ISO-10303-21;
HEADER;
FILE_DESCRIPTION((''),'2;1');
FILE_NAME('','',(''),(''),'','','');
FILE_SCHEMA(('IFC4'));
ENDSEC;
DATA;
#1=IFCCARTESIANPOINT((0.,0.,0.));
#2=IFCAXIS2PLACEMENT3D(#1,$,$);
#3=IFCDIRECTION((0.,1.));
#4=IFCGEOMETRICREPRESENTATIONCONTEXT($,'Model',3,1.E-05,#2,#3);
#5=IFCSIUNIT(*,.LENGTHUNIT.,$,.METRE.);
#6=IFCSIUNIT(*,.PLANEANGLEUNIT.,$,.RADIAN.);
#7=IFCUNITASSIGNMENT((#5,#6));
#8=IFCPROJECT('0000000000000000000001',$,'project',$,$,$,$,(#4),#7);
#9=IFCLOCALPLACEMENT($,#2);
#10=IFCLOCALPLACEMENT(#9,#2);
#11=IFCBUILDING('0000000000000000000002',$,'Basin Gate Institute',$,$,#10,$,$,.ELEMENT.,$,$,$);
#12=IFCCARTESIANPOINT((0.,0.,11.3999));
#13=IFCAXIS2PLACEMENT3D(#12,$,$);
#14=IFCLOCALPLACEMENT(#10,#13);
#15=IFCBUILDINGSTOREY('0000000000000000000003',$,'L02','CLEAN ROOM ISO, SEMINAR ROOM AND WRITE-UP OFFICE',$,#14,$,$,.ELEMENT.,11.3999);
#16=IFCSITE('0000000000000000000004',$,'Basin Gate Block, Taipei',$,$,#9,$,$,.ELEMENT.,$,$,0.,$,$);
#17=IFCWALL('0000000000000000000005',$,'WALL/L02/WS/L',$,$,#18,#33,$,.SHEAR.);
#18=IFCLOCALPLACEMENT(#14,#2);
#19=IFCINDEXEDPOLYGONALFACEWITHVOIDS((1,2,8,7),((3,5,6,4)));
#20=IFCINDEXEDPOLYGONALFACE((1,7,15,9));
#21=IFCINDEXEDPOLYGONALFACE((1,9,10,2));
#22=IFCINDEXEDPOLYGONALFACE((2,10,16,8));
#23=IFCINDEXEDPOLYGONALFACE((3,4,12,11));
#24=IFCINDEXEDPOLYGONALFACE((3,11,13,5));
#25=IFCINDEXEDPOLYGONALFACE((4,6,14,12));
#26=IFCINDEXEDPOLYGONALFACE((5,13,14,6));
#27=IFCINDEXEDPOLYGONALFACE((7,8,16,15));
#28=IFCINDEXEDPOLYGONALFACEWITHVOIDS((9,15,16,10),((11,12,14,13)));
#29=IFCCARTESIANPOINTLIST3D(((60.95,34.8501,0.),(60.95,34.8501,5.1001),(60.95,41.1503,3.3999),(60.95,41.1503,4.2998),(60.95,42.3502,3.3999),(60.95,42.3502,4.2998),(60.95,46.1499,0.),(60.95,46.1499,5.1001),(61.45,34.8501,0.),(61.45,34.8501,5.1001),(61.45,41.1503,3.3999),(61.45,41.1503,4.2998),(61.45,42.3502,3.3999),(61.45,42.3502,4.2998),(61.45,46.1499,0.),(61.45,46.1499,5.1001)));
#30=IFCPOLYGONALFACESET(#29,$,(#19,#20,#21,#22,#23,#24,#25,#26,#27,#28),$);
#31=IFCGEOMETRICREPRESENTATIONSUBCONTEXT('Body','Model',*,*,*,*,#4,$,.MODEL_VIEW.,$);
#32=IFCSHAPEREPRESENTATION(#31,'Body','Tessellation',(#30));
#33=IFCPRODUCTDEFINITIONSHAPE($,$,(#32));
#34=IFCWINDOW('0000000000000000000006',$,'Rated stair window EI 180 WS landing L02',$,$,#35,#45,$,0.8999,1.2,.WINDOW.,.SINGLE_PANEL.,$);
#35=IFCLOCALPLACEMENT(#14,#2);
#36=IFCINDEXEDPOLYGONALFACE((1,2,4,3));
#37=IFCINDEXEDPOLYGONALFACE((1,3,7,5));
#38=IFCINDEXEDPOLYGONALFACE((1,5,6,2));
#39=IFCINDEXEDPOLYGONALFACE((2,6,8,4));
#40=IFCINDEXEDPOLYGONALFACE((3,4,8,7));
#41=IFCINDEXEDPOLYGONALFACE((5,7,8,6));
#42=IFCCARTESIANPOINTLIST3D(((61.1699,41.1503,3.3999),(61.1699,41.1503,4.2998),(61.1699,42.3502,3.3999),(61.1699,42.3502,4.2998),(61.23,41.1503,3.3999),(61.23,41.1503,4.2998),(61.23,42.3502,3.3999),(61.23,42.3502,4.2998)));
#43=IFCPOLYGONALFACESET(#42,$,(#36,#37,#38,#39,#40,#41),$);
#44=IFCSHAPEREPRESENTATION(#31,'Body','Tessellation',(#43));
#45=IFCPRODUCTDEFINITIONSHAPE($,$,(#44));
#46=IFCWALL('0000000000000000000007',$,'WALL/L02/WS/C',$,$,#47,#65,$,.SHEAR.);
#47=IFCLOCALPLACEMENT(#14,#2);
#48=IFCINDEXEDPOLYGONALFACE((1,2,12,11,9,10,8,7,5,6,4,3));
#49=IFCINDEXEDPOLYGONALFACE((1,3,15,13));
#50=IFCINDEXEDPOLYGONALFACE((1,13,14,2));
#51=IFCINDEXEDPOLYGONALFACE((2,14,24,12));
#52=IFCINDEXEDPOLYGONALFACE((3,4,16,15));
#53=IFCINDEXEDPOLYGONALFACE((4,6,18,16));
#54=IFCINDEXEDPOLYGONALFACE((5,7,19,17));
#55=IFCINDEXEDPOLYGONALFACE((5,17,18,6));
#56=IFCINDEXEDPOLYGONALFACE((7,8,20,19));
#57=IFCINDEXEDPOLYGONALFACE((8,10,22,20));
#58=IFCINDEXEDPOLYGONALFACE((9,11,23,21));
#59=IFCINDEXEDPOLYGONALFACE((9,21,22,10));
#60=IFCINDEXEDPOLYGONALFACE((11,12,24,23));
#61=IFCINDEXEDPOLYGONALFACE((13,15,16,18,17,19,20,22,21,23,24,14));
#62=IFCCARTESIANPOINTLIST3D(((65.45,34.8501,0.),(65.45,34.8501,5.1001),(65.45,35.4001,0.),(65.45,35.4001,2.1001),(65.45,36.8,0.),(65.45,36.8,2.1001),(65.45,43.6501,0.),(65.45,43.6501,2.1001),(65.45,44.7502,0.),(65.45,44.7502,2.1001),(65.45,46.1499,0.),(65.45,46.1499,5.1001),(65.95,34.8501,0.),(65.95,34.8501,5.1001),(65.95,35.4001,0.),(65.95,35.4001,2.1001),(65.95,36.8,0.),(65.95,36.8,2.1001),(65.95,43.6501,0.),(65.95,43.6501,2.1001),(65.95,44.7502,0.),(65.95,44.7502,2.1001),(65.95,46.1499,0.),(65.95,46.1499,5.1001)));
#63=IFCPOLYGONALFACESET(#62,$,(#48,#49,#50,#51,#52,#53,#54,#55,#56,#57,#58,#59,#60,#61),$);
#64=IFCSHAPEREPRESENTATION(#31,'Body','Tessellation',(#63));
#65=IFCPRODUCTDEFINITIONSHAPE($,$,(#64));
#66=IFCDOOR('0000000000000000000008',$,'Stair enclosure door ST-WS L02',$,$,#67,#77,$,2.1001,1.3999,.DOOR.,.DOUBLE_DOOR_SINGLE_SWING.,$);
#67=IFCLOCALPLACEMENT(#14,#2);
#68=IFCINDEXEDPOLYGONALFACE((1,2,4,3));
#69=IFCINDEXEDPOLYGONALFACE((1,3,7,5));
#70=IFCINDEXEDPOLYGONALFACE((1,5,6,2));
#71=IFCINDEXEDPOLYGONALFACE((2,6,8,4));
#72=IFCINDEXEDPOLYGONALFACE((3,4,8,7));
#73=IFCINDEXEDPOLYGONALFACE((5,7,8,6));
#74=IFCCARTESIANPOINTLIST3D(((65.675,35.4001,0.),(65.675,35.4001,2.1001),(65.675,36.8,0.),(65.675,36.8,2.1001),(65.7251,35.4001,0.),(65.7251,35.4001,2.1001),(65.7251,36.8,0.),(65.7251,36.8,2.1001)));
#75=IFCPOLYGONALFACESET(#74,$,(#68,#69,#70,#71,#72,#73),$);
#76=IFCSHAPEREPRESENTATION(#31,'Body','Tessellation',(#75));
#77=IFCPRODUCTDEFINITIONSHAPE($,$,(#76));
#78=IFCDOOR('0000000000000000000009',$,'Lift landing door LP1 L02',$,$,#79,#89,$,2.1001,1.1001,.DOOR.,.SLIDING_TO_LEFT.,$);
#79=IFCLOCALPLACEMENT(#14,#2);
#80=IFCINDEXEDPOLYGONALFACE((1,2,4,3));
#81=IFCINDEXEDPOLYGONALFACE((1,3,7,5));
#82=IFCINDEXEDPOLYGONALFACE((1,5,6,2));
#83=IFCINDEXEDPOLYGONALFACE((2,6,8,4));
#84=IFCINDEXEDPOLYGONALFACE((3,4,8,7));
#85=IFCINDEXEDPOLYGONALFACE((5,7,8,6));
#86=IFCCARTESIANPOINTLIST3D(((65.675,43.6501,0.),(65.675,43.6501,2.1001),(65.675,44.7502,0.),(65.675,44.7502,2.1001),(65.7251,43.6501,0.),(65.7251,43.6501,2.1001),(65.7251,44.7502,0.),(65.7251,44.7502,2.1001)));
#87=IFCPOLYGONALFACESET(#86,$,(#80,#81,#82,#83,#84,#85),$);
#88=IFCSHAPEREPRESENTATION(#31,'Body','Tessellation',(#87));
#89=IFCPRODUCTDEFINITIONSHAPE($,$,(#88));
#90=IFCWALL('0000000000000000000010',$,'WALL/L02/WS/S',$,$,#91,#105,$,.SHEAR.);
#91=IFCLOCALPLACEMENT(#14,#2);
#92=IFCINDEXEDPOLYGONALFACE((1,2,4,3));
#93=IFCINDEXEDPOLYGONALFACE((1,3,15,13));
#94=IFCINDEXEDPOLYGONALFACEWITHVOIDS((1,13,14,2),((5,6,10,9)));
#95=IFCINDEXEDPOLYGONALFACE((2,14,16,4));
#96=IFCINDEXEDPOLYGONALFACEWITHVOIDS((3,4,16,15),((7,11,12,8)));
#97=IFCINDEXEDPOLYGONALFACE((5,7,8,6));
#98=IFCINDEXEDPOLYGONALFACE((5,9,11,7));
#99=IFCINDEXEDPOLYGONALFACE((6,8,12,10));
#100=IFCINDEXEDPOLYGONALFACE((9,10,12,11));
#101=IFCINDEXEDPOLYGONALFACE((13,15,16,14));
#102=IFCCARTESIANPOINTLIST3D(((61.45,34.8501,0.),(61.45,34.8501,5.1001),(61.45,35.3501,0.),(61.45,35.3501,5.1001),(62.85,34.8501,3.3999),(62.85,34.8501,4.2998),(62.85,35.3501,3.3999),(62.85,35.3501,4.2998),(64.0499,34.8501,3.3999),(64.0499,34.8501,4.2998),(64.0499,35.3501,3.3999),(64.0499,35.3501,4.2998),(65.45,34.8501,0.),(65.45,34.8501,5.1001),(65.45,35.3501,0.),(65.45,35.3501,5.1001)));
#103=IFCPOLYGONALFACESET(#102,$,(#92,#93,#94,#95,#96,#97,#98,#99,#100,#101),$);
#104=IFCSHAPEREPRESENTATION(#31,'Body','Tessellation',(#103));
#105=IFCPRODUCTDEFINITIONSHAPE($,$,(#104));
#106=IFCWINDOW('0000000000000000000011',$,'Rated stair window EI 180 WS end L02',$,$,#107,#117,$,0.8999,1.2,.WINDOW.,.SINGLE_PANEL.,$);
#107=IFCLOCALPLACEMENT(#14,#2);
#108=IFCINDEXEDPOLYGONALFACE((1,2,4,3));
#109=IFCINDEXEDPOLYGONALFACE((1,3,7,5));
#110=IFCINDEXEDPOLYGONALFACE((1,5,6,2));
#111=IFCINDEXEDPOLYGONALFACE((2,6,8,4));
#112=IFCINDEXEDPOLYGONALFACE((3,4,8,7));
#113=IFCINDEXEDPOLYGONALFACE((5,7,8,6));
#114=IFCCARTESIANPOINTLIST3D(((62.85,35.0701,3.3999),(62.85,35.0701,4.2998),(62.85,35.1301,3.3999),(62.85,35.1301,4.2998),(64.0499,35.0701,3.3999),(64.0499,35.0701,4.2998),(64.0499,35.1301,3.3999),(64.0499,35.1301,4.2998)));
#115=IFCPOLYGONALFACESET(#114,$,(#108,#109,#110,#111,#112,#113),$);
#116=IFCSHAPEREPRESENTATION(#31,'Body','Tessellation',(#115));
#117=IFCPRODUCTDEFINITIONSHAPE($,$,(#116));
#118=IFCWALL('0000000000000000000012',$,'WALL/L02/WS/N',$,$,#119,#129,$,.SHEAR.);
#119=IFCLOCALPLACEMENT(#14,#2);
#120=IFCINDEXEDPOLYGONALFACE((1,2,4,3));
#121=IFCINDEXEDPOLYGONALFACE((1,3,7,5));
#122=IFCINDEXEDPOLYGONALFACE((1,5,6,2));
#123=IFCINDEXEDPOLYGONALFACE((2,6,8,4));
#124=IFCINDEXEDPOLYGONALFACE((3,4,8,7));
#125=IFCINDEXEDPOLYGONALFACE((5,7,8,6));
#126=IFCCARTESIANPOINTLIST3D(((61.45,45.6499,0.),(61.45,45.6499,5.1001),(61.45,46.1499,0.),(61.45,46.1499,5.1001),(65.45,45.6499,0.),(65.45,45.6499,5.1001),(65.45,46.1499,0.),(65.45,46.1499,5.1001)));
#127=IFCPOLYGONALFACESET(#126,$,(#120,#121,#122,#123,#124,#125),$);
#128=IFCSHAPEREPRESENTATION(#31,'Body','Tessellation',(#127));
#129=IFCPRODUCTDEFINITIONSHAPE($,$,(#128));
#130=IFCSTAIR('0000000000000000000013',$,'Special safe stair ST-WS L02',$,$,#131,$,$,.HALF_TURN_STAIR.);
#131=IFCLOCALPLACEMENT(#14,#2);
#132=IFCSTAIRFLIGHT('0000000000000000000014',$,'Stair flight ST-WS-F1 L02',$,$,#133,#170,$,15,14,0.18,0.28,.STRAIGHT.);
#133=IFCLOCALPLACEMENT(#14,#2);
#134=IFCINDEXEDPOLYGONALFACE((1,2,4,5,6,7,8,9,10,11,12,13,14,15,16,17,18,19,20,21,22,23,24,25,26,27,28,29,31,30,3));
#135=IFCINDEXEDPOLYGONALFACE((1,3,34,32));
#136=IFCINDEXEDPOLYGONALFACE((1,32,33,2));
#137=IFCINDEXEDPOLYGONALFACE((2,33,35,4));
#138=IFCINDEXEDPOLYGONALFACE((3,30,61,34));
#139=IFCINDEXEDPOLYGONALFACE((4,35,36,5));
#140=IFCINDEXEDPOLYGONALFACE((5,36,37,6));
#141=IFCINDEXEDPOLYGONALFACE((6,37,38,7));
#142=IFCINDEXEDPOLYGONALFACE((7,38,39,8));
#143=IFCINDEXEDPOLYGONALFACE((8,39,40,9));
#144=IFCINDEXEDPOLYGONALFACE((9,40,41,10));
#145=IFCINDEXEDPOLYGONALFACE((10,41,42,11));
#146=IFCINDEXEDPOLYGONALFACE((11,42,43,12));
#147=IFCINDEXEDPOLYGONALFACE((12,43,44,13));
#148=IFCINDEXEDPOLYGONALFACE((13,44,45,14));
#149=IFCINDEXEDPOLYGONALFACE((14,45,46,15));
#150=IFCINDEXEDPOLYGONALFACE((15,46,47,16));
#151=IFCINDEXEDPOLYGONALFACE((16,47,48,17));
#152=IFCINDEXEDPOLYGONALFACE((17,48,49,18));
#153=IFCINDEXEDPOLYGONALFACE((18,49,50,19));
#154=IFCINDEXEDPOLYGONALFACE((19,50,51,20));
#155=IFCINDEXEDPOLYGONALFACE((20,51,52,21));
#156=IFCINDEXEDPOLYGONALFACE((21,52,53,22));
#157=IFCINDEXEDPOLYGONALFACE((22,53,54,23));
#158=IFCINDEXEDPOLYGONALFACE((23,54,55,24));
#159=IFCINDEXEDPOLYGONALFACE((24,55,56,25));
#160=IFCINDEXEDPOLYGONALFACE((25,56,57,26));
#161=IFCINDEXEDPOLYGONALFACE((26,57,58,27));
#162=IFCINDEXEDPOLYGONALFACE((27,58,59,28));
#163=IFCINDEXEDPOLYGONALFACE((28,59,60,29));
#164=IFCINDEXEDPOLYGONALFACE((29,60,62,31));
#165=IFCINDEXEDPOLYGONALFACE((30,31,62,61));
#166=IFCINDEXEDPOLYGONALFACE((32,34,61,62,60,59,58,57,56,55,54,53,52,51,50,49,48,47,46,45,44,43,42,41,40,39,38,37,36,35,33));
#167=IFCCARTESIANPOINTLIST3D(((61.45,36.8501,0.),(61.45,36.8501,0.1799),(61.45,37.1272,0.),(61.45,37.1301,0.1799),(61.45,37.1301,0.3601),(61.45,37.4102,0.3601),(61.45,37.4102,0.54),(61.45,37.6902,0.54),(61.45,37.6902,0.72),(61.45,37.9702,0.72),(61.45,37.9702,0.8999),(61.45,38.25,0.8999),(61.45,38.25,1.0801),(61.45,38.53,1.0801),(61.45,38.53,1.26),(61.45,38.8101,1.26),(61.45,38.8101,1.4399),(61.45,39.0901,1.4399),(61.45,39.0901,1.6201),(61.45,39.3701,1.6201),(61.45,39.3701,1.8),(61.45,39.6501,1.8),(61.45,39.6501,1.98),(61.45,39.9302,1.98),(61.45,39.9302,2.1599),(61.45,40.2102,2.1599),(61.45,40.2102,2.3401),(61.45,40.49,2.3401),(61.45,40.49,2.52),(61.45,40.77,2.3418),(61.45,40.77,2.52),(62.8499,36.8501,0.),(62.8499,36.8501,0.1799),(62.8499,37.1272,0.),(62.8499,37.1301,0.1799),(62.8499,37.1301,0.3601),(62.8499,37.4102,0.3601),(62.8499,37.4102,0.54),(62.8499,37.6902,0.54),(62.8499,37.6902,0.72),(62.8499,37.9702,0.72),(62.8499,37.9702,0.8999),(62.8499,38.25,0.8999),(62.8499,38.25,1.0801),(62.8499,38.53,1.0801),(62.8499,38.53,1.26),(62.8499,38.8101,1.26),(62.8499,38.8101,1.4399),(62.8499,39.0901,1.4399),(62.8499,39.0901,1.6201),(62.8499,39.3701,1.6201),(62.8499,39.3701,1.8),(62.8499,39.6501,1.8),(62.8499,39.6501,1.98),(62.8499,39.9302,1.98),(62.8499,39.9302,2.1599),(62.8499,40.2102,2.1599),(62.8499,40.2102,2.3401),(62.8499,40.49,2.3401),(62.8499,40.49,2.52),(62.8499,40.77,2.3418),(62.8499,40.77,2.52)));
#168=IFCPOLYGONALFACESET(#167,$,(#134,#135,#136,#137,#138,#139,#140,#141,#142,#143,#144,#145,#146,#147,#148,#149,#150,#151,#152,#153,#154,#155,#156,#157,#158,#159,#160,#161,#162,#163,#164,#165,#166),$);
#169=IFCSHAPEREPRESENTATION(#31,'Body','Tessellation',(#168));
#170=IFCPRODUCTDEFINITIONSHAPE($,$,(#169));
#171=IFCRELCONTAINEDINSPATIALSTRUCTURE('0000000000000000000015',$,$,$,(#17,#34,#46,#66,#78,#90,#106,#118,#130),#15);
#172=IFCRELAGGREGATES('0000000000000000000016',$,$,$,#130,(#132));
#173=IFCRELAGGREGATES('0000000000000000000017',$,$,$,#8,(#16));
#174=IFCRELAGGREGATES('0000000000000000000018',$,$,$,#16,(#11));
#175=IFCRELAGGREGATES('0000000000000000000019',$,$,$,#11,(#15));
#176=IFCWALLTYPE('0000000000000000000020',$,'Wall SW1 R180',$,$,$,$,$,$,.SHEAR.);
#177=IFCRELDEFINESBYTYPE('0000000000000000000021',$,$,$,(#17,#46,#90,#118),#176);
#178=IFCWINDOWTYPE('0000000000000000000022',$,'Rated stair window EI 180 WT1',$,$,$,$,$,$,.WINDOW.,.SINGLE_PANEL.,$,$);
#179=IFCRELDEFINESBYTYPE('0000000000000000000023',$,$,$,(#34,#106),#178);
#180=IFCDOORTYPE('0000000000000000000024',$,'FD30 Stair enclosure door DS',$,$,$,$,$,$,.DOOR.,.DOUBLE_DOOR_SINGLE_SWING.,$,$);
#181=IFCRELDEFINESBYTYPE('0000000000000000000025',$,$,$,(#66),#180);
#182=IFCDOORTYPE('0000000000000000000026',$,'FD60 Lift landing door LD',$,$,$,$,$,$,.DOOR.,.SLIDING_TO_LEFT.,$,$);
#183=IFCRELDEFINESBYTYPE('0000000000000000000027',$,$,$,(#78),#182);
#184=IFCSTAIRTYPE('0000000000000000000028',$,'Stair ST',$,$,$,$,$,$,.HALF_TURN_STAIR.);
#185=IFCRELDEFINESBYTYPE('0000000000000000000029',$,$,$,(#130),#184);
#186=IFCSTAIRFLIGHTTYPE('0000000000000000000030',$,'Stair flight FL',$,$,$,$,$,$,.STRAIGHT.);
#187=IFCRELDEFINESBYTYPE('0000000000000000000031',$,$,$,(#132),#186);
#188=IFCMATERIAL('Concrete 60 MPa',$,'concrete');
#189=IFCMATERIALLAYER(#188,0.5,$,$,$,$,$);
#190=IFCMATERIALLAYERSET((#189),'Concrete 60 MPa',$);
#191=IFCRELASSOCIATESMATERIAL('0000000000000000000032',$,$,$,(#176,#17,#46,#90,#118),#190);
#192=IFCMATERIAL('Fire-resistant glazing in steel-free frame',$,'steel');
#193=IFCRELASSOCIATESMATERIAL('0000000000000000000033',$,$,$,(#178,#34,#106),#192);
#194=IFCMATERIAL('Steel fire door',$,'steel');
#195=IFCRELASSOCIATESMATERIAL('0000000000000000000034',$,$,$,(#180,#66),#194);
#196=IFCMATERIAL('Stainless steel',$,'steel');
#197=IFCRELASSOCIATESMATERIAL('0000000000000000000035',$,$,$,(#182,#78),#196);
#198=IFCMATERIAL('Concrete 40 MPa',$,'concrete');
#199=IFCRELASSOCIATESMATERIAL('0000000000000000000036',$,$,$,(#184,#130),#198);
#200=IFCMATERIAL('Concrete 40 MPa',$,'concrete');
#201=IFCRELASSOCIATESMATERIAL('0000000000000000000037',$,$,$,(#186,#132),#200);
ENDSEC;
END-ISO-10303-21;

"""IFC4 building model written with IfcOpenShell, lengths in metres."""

from ifc_helpers import new_model, si_unit, direction, frame, frame_2d, origin, place, context, subcontext, project, spatial, polyline, rectangle, outline, extrude, material, layer, layer_set, type_object, element, fill, aggregate, save


model = new_model("IFC4")

# Units and contexts
model_context = context("Model", 3, precision=1e-05, world=origin(), true_north=direction((0.0, 1.0)))
body_context = subcontext(model_context, "Body", "Model", "MODEL_VIEW")
ifc_project = project(units=[si_unit("LENGTHUNIT", "METRE"), si_unit("PLANEANGLEUNIT", "RADIAN")], contexts=[model_context])

# Site, building, storey
site_placement = place(None, origin())
site = spatial("IfcSite", under=ifc_project, at=site_placement, Name="Basin Gate Block, Taipei", CompositionType="ELEMENT", RefElevation=0.0)
building_placement = place(site_placement, origin())
building = spatial("IfcBuilding", under=site, at=building_placement, Name="Basin Gate Institute", CompositionType="ELEMENT")
storey_placement = place(building_placement, frame((0.0, 0.0, 11.3999)))
storey = spatial("IfcBuildingStorey", under=building, at=storey_placement, Name="L02", Description="CLEAN ROOM ISO, SEMINAR ROOM AND WRITE-UP OFFICE", CompositionType="ELEMENT", Elevation=11.3999)

# Wall, opening, window
ifc_material_1 = material(Name="Concrete 60 MPa", Category="concrete")
ifc_layer_1 = layer(ifc_material_1, 0.5)
ifc_layer_set_1 = layer_set([ifc_layer_1], Name="Concrete 60 MPa")
wall_type_1 = type_object("IfcWallType", Name="Wall SW1 R180", PredefinedType="SHEAR", material=ifc_layer_set_1)
wall_1_placement = place(storey_placement, frame((61.2, 34.8501, 0.0), z_axis=(0.0, 0.0, 1.0), x_axis=(0.0, 1.0, 0.0)))
wall_1 = element("IfcWall", 1, at=wall_1_placement, inside=storey, type_object=wall_type_1, material=ifc_layer_set_1, Name="WALL/L02/WS/L", PredefinedType="SHEAR", context=body_context, shape_type="SweptSolid", body=[
    extrude(rectangle(XDim=11.2998, YDim=0.5, at=frame_2d((5.6499, 0.0))), origin(), (0.0, 0.0, 1.0), 5.1001),
])
opening_1_placement = place(wall_1_placement, frame((6.3, 0.0, 3.3999)))
opening_1 = element("IfcOpeningElement", 2, at=opening_1_placement, cuts=wall_1, PredefinedType="OPENING", context=body_context, shape_type="SweptSolid", body=[
    extrude(rectangle(XDim=1.2, YDim=0.8999, at=frame_2d((0.6001, 0.45))), frame((0.0, 0.26, 0.0), z_axis=(0.0, -1.0, 0.0), x_axis=(1.0, 0.0, 0.0)), (0.0, 0.0, 1.0), 0.52),
])
ifc_material_2 = material(Name="Fire-resistant glazing in steel-free frame", Category="steel")
window_type_1 = type_object("IfcWindowType", Name="Rated stair window EI 180 WT1", PartitioningType="SINGLE_PANEL", PredefinedType="WINDOW", material=ifc_material_2)
window_1_placement = place(opening_1_placement, origin())
window_1 = element("IfcWindow", 3, at=window_1_placement, inside=storey, type_object=window_type_1, material=ifc_material_2, Name="Rated stair window EI 180 WS landing L02", OverallHeight=0.8999, OverallWidth=1.2, PartitioningType="SINGLE_PANEL", PredefinedType="WINDOW", context=body_context, shape_type="SweptSolid", body=[
    extrude(rectangle(XDim=1.2, YDim=0.8999, at=frame_2d((0.6001, 0.45))), frame((0.0, 0.03, 0.0), z_axis=(0.0, -1.0, 0.0), x_axis=(1.0, 0.0, 0.0)), (0.0, 0.0, 1.0), 0.0601),
])
fill(opening_1, window_1)

# Wall, openings, doors
wall_2_placement = place(storey_placement, frame((65.7, 34.8501, 0.0), z_axis=(0.0, 0.0, 1.0), x_axis=(0.0, 1.0, 0.0)))
wall_2 = element("IfcWall", 4, at=wall_2_placement, inside=storey, type_object=wall_type_1, material=ifc_layer_set_1, Name="WALL/L02/WS/C", PredefinedType="SHEAR", context=body_context, shape_type="SweptSolid", body=[
    extrude(rectangle(XDim=11.2998, YDim=0.5, at=frame_2d((5.6499, 0.0))), origin(), (0.0, 0.0, 1.0), 5.1001),
])
opening_2_placement = place(wall_2_placement, frame((0.55, 0.0, 0.0)))
opening_2 = element("IfcOpeningElement", 5, at=opening_2_placement, cuts=wall_2, PredefinedType="OPENING", context=body_context, shape_type="SweptSolid", body=[
    extrude(rectangle(XDim=1.3999, YDim=2.1001, at=frame_2d((0.7, 1.05))), frame((0.0, 0.26, 0.0), z_axis=(0.0, -1.0, 0.0), x_axis=(1.0, 0.0, 0.0)), (0.0, 0.0, 1.0), 0.52),
])
opening_3_placement = place(wall_2_placement, frame((8.8, 0.0, 0.0)))
opening_3 = element("IfcOpeningElement", 6, at=opening_3_placement, cuts=wall_2, PredefinedType="OPENING", context=body_context, shape_type="SweptSolid", body=[
    extrude(rectangle(XDim=1.1001, YDim=2.1001, at=frame_2d((0.55, 1.05))), frame((0.0, 0.26, 0.0), z_axis=(0.0, -1.0, 0.0), x_axis=(1.0, 0.0, 0.0)), (0.0, 0.0, 1.0), 0.52),
])
ifc_material_3 = material(Name="Steel fire door", Category="steel")
door_type_1 = type_object("IfcDoorType", Name="FD30 Stair enclosure door DS", OperationType="DOUBLE_DOOR_SINGLE_SWING", PredefinedType="DOOR", material=ifc_material_3)
door_1_placement = place(opening_2_placement, origin())
door_1 = element("IfcDoor", 7, at=door_1_placement, inside=storey, type_object=door_type_1, material=ifc_material_3, Name="Stair enclosure door ST-WS L02", OperationType="DOUBLE_DOOR_SINGLE_SWING", OverallHeight=2.1001, OverallWidth=1.3999, PredefinedType="DOOR", context=body_context, shape_type="SweptSolid", body=[
    extrude(rectangle(XDim=1.3999, YDim=2.1001, at=frame_2d((0.7, 1.05))), frame((0.0, 0.0249, 0.0), z_axis=(0.0, -1.0, 0.0), x_axis=(1.0, 0.0, 0.0)), (0.0, 0.0, 1.0), 0.05),
])
fill(opening_2, door_1)
ifc_material_4 = material(Name="Stainless steel", Category="steel")
door_type_2 = type_object("IfcDoorType", Name="FD60 Lift landing door LD", OperationType="SLIDING_TO_LEFT", PredefinedType="DOOR", material=ifc_material_4)
door_2_placement = place(opening_3_placement, origin())
door_2 = element("IfcDoor", 8, at=door_2_placement, inside=storey, type_object=door_type_2, material=ifc_material_4, Name="Lift landing door LP1 L02", OperationType="SLIDING_TO_LEFT", OverallHeight=2.1001, OverallWidth=1.1001, PredefinedType="DOOR", context=body_context, shape_type="SweptSolid", body=[
    extrude(rectangle(XDim=1.1001, YDim=2.1001, at=frame_2d((0.55, 1.05))), frame((0.0, 0.0249, 0.0), z_axis=(0.0, -1.0, 0.0), x_axis=(1.0, 0.0, 0.0)), (0.0, 0.0, 1.0), 0.05),
])
fill(opening_3, door_2)

# Wall, opening, window
wall_3_placement = place(storey_placement, frame((61.45, 35.1001, 0.0), z_axis=(0.0, 0.0, 1.0), x_axis=(1.0, 0.0, 0.0)))
wall_3 = element("IfcWall", 9, at=wall_3_placement, inside=storey, type_object=wall_type_1, material=ifc_layer_set_1, Name="WALL/L02/WS/S", PredefinedType="SHEAR", context=body_context, shape_type="SweptSolid", body=[
    extrude(rectangle(XDim=4.0, YDim=0.5, at=frame_2d((2.0, 0.0))), origin(), (0.0, 0.0, 1.0), 5.1001),
])
opening_4_placement = place(wall_3_placement, frame((1.3999, 0.0, 3.3999)))
opening_4 = element("IfcOpeningElement", 10, at=opening_4_placement, cuts=wall_3, PredefinedType="OPENING", context=body_context, shape_type="SweptSolid", body=[
    extrude(rectangle(XDim=1.2, YDim=0.8999, at=frame_2d((0.6001, 0.45))), frame((0.0, 0.26, 0.0), z_axis=(0.0, -1.0, 0.0), x_axis=(1.0, 0.0, 0.0)), (0.0, 0.0, 1.0), 0.52),
])
window_2_placement = place(opening_4_placement, origin())
window_2 = element("IfcWindow", 11, at=window_2_placement, inside=storey, type_object=window_type_1, material=ifc_material_2, Name="Rated stair window EI 180 WS end L02", OverallHeight=0.8999, OverallWidth=1.2, PartitioningType="SINGLE_PANEL", PredefinedType="WINDOW", context=body_context, shape_type="SweptSolid", body=[
    extrude(rectangle(XDim=1.2, YDim=0.8999, at=frame_2d((0.6001, 0.45))), frame((0.0, 0.03, 0.0), z_axis=(0.0, -1.0, 0.0), x_axis=(1.0, 0.0, 0.0)), (0.0, 0.0, 1.0), 0.0601),
])
fill(opening_4, window_2)

# Wall
wall_4_placement = place(storey_placement, frame((61.45, 45.8999, 0.0), z_axis=(0.0, 0.0, 1.0), x_axis=(1.0, 0.0, 0.0)))
element("IfcWall", 12, at=wall_4_placement, inside=storey, type_object=wall_type_1, material=ifc_layer_set_1, Name="WALL/L02/WS/N", PredefinedType="SHEAR", context=body_context, shape_type="SweptSolid", body=[
    extrude(rectangle(XDim=4.0, YDim=0.5, at=frame_2d((2.0, 0.0))), origin(), (0.0, 0.0, 1.0), 5.1001),
])

# Stair, stair flight
ifc_material_5 = material(Name="Concrete 40 MPa", Category="concrete")
stair_type = type_object("IfcStairType", Name="Stair ST", PredefinedType="HALF_TURN_STAIR", material=ifc_material_5)
stair_placement = place(storey_placement, origin())
stair = element("IfcStair", 13, at=stair_placement, inside=storey, type_object=stair_type, material=ifc_material_5, Name="Special safe stair ST-WS L02", PredefinedType="HALF_TURN_STAIR")
ifc_material_6 = material(Name="Concrete 40 MPa", Category="concrete")
stair_flight_type = type_object("IfcStairFlightType", Name="Stair flight FL", PredefinedType="STRAIGHT", material=ifc_material_6)
stair_flight_1_placement = place(storey_placement, frame((62.1499, 36.8501, 0.0), z_axis=(0.0, 0.0, 1.0), x_axis=(0.0, 1.0, 0.0)))
stair_flight_1 = element("IfcStairFlight", 14, at=stair_flight_1_placement, type_object=stair_flight_type, material=ifc_material_6, Name="Stair flight ST-WS-F1 L02", NumberOfRisers=15, NumberOfTreads=14, PredefinedType="STRAIGHT", RiserHeight=0.18, TreadLength=0.28, context=body_context, shape_type="SweptSolid", body=[
    extrude(outline(polyline([(0.0, 0.0), (0.0, 0.1799), (0.28, 0.1799), (0.28, 0.3601), (0.5601, 0.3601), (0.5601, 0.54), (0.8401, 0.54), (0.8401, 0.72), (1.1201, 0.72), (1.1201, 0.8999), (1.3999, 0.8999), (1.3999, 1.0801), (1.6799, 1.0801), (1.6799, 1.26), (1.96, 1.26), (1.96, 1.4399), (2.24, 1.4399), (2.24, 1.6201), (2.52, 1.6201), (2.52, 1.8), (2.8, 1.8), (2.8, 1.98), (3.0801, 1.98), (3.0801, 2.1599), (3.3601, 2.1599), (3.3601, 2.3401), (3.6399, 2.3401), (3.6399, 2.52), (3.9199, 2.52), (3.9199, 2.7), (3.9199, 2.3418), (0.2771, 0.0), (0.0, 0.0)])), frame((0.0, 0.7, 0.0), z_axis=(0.0, -1.0, 0.0), x_axis=(1.0, 0.0, 0.0)), (0.0, 0.0, 1.0), 1.3999),
])
aggregate(stair, [stair_flight_1])

save(model, "model.ifc")
